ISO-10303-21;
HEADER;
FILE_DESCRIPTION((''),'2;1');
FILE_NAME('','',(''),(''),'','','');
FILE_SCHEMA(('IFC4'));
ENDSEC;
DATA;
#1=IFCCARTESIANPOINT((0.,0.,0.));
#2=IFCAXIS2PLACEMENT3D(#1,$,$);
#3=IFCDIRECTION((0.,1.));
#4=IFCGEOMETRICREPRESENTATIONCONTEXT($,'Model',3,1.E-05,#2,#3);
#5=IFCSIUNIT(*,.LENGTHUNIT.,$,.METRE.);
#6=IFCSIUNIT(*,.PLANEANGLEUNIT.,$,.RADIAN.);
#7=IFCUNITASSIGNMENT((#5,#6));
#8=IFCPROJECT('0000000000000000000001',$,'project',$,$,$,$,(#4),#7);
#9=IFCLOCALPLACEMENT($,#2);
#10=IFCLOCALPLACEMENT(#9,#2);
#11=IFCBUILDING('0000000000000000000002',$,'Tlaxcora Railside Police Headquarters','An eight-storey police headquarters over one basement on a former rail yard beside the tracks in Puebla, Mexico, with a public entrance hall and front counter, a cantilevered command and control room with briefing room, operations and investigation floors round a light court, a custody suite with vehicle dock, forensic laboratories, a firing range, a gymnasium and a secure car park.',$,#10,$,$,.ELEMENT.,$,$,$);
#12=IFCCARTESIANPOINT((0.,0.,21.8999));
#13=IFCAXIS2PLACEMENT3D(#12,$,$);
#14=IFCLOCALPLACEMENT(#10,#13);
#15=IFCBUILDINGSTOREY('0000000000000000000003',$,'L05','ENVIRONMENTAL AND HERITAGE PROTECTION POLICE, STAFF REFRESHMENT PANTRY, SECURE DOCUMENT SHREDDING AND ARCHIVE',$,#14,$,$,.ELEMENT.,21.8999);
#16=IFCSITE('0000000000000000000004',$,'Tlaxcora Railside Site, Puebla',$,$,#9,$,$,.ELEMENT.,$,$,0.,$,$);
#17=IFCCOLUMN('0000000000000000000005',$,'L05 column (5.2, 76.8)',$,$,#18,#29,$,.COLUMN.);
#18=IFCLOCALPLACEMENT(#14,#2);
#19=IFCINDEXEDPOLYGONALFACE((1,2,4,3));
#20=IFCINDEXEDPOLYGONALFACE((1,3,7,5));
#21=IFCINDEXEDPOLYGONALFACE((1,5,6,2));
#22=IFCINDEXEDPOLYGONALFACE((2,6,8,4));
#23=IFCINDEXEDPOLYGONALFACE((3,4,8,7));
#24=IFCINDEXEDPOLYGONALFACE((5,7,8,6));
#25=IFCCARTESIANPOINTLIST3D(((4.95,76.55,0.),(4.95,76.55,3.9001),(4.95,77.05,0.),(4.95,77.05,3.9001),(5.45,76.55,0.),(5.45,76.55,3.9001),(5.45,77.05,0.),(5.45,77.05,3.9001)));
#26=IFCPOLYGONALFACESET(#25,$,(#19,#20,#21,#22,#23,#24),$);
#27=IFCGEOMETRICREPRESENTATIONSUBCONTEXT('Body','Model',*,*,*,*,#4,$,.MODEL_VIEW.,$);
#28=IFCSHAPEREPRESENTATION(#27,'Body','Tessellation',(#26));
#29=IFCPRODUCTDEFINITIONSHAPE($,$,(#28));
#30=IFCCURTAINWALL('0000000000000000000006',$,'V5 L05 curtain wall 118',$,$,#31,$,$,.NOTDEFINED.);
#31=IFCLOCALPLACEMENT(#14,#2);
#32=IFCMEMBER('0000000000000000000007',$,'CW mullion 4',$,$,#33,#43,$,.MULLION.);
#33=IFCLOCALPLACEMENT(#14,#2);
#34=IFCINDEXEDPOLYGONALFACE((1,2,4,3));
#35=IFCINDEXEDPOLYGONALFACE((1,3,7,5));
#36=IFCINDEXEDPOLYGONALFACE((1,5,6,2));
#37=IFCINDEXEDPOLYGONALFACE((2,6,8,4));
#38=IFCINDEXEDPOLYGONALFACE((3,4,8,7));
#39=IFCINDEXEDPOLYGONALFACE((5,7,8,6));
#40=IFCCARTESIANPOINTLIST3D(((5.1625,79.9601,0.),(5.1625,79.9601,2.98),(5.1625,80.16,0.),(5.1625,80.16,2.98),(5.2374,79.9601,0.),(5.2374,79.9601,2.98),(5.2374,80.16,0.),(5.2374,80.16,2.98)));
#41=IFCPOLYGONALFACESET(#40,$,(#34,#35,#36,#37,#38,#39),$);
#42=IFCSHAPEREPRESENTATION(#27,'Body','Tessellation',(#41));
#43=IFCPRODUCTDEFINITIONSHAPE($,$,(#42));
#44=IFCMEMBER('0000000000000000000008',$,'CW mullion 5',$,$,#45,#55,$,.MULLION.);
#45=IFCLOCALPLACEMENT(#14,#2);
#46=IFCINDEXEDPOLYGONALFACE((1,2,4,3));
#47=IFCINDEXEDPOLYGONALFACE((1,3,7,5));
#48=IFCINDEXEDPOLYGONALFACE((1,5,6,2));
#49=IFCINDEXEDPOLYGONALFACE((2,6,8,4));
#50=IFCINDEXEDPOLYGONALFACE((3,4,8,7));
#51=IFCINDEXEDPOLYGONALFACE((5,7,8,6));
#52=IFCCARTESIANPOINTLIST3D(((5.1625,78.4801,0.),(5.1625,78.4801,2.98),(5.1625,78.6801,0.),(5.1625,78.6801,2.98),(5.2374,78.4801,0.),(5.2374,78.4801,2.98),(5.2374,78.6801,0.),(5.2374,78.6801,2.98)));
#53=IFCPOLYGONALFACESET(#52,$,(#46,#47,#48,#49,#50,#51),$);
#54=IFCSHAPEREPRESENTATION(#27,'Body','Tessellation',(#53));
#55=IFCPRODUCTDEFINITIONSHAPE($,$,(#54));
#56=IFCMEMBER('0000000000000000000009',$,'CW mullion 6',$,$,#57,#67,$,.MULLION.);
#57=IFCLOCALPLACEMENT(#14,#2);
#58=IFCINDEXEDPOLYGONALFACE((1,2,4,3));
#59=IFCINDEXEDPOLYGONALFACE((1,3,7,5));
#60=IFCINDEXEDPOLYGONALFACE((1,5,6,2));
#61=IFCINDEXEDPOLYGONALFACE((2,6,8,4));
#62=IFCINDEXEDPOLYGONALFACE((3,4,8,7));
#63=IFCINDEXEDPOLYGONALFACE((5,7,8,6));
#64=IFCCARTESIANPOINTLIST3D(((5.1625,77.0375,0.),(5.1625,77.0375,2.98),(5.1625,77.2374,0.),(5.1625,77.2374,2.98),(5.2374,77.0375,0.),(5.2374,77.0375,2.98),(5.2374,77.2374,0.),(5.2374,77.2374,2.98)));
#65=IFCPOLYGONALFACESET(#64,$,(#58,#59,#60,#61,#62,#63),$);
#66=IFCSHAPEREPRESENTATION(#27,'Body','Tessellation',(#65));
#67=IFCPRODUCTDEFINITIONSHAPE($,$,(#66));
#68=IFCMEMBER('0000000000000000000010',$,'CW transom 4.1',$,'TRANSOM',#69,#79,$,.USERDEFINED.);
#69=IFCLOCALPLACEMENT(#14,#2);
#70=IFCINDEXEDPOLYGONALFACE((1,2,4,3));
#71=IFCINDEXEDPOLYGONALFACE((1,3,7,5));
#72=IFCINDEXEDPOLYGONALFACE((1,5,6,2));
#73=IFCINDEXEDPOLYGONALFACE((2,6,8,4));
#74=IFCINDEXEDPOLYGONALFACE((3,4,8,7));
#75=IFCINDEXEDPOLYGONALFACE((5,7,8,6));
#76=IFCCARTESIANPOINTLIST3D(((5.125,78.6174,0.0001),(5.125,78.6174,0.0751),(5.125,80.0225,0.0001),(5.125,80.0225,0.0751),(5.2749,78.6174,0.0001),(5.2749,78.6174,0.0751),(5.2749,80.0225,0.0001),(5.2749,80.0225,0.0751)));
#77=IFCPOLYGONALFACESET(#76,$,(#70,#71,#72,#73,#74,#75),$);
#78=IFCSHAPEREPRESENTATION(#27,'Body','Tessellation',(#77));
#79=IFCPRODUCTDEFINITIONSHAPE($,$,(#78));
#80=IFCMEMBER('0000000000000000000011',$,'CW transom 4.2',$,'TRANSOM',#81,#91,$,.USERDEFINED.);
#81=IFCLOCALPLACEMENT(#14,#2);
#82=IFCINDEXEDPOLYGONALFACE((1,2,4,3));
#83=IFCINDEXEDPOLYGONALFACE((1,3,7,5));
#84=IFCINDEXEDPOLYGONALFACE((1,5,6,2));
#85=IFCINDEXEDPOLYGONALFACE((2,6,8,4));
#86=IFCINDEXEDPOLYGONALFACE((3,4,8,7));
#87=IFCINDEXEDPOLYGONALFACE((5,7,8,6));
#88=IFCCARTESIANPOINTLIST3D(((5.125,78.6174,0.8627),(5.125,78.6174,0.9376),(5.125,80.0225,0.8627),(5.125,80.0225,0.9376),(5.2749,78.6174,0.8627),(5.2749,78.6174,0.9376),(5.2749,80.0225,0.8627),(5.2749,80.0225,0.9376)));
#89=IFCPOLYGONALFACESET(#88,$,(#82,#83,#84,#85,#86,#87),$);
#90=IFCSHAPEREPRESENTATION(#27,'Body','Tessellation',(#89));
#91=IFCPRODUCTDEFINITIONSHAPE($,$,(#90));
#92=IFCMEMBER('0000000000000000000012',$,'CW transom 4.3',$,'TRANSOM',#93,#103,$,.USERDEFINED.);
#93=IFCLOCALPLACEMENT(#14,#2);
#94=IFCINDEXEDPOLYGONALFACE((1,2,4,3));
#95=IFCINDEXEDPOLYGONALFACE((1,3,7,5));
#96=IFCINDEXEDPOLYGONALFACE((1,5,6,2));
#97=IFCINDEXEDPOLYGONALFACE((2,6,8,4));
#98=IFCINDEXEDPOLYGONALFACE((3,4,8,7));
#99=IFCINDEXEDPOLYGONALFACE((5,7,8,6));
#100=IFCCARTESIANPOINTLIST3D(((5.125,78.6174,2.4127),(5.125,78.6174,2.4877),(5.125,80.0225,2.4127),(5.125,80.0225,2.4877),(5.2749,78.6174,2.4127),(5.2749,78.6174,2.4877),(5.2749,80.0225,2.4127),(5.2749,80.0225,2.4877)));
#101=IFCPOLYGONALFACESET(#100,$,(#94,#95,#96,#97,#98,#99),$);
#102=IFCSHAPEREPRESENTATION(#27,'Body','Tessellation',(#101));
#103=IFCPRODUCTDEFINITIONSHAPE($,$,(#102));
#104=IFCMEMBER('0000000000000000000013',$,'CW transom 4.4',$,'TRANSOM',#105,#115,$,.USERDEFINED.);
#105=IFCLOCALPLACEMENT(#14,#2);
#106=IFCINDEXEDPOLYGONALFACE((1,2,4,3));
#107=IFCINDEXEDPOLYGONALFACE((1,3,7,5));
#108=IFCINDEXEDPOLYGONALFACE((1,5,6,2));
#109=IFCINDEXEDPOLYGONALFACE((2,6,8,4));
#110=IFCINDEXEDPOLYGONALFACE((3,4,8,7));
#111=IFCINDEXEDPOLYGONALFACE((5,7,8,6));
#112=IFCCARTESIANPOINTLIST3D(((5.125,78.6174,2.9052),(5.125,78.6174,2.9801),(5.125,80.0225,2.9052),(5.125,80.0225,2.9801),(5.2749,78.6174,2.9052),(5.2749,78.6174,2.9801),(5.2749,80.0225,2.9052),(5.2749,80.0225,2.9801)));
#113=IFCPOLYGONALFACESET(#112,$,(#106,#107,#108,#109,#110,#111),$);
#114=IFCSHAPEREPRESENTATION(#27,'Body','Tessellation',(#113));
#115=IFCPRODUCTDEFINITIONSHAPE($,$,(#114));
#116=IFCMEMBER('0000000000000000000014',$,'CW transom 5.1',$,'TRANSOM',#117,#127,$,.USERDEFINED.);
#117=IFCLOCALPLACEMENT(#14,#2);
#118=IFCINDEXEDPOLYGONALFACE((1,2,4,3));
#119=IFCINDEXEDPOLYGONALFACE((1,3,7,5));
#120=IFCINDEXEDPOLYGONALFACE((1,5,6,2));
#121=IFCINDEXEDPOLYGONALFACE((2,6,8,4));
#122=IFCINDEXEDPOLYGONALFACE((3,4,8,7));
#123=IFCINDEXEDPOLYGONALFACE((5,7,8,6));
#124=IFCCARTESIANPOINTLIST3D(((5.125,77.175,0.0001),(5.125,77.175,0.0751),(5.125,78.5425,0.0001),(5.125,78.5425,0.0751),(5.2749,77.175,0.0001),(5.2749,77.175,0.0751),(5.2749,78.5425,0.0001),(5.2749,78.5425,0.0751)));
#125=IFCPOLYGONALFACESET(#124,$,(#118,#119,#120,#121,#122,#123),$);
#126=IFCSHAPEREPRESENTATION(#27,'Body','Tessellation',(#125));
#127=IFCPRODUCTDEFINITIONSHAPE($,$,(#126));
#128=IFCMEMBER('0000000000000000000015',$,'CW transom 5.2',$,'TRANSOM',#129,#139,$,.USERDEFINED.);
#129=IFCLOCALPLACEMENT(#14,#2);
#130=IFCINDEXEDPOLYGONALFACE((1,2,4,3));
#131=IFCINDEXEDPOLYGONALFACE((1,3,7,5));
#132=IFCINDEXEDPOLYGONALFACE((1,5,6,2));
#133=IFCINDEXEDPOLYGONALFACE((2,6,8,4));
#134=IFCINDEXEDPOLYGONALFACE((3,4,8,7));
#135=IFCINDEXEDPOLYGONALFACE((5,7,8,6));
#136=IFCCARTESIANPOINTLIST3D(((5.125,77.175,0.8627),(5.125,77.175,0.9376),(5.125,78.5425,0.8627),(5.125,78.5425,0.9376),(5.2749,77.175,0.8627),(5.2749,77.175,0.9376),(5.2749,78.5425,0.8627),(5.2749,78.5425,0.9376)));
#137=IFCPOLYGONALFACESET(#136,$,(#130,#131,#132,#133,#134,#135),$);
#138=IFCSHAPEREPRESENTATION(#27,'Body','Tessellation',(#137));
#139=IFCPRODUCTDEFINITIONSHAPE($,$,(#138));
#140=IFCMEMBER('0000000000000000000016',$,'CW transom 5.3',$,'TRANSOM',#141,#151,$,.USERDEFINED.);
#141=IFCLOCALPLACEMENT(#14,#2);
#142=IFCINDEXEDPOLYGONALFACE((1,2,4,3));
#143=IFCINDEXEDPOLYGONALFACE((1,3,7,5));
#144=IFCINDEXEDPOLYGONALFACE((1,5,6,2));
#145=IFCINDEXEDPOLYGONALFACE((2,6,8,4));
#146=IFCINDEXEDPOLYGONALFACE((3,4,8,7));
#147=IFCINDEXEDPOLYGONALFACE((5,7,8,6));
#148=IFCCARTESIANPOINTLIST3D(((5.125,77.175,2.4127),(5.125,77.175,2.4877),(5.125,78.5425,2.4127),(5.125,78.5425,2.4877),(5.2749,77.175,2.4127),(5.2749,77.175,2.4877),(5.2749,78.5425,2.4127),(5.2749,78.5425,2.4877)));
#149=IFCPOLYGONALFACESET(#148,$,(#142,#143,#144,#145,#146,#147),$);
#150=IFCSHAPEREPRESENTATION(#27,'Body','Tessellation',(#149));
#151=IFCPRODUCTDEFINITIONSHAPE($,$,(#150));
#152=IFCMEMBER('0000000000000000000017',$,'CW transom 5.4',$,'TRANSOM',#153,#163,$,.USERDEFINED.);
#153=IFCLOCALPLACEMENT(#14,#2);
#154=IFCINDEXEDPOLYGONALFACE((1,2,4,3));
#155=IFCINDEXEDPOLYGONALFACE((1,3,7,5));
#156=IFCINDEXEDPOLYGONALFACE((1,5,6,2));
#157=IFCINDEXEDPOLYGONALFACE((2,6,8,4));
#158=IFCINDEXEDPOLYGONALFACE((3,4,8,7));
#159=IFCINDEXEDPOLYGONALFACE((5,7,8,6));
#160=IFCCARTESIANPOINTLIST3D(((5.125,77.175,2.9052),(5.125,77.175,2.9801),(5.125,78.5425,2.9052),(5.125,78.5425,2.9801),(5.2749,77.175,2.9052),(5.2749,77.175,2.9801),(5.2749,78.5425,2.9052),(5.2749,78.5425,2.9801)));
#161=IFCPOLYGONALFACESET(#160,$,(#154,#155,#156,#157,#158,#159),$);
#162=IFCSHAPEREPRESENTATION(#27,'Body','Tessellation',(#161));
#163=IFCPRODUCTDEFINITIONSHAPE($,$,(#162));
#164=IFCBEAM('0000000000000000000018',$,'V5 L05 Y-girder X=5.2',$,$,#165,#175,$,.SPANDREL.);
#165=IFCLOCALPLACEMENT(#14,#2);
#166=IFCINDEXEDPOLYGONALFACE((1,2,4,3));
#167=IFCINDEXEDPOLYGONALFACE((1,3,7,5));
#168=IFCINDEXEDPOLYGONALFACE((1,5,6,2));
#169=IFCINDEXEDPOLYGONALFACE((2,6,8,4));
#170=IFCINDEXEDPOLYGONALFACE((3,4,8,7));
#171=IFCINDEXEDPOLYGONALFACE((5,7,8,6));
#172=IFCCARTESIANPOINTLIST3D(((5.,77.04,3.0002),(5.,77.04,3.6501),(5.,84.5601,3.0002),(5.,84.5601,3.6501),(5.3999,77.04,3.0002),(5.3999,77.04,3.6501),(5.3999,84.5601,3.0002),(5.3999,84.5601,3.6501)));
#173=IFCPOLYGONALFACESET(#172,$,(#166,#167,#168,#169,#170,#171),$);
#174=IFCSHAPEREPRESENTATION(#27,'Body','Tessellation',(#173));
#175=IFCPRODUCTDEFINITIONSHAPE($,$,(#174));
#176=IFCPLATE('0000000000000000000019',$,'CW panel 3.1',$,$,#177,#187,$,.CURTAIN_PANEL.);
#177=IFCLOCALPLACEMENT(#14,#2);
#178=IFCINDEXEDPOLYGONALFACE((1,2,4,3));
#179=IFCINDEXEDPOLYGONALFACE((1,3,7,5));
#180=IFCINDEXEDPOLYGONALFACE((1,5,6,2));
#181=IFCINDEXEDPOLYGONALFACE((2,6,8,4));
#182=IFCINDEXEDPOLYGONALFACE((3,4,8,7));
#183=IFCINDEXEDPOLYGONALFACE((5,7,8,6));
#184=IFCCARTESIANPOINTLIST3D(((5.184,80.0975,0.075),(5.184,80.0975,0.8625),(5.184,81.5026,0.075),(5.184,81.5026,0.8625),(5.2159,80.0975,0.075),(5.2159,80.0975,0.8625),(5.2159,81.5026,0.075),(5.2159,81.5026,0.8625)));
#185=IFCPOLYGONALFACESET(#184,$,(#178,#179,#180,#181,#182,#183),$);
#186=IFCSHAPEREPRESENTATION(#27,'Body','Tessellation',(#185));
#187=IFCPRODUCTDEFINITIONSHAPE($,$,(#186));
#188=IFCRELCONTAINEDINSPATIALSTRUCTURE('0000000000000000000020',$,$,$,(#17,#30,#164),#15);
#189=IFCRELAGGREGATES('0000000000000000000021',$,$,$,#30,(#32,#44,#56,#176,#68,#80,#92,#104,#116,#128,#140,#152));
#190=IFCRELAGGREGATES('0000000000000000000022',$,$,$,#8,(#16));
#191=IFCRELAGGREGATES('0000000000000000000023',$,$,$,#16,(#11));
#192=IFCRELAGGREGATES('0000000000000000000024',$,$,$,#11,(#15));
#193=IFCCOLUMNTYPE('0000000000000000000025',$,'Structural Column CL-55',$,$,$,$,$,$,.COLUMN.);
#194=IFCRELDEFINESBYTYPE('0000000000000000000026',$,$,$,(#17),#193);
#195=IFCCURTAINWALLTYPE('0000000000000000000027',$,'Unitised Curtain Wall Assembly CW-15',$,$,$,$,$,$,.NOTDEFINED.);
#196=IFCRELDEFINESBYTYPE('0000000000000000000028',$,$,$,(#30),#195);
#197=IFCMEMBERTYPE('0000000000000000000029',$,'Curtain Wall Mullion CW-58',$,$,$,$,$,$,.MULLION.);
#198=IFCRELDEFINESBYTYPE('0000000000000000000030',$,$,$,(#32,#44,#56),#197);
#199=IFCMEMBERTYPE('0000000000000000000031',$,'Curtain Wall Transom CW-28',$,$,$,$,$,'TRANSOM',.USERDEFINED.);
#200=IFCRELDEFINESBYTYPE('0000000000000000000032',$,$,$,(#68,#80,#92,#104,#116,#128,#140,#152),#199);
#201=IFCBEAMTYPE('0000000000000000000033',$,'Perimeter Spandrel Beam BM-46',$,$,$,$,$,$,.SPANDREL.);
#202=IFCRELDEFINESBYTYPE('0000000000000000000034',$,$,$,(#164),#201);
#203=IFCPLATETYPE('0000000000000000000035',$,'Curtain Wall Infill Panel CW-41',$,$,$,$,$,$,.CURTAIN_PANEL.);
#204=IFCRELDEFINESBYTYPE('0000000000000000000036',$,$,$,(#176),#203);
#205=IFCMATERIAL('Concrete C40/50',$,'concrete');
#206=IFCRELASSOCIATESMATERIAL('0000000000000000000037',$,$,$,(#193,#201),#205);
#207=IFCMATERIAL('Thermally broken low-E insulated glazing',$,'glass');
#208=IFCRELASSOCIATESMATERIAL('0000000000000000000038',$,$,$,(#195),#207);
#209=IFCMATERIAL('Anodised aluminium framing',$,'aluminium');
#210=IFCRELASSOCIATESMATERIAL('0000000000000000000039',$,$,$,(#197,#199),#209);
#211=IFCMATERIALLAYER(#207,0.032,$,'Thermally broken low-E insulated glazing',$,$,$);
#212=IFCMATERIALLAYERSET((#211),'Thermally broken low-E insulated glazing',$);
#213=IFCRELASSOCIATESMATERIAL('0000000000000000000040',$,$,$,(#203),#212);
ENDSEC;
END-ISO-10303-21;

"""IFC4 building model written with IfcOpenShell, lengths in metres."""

from ifc_helpers import new_model, si_unit, direction, frame, origin, origin_2d, place, context, subcontext, project, spatial, rectangle, extrude, material, layer, layer_set, material_profile, profile_set, type_object, element, aggregate, save


model = new_model("IFC4")

# Units and contexts
model_context = context("Model", 3, precision=1e-05, world=origin(), true_north=direction((0.0, 1.0)))
body_context = subcontext(model_context, "Body", "Model", "MODEL_VIEW")
ifc_project = project(units=[si_unit("LENGTHUNIT", "METRE"), si_unit("PLANEANGLEUNIT", "RADIAN")], contexts=[model_context])

# Site, building, storey
site_placement = place(None, origin())
site = spatial("IfcSite", under=ifc_project, at=site_placement, Name="Tlaxcora Railside Site, Puebla", CompositionType="ELEMENT", RefElevation=0.0)
building_placement = place(site_placement, origin())
building = spatial("IfcBuilding", under=site, at=building_placement, Name="Tlaxcora Railside Police Headquarters", Description="An eight-storey police headquarters over one basement on a former rail yard beside the tracks in Puebla, Mexico, with a public entrance hall and front counter, a cantilevered command and control room with briefing room, operations and investigation floors round a light court, a custody suite with vehicle dock, forensic laboratories, a firing range, a gymnasium and a secure car park.", CompositionType="ELEMENT")
storey_placement = place(building_placement, frame((0.0, 0.0, 21.8999)))
storey = spatial("IfcBuildingStorey", under=building, at=storey_placement, Name="L05", Description="ENVIRONMENTAL AND HERITAGE PROTECTION POLICE, STAFF REFRESHMENT PANTRY, SECURE DOCUMENT SHREDDING AND ARCHIVE", CompositionType="ELEMENT", Elevation=21.8999)

# Column
ifc_material_1 = material(Name="Concrete C40/50", Category="concrete")
ifc_material_profile_1 = material_profile(ifc_material_1, rectangle(XDim=0.5, YDim=0.5, at=origin_2d()), Name="RC500X500")
ifc_profile_set_1 = profile_set([ifc_material_profile_1], Name="Concrete C40/50")
column_type = type_object("IfcColumnType", Name="Structural Column CL-55", PredefinedType="COLUMN", material=ifc_profile_set_1)
column_placement = place(storey_placement, frame((5.2, 76.8, 0.0), z_axis=(0.0, 0.0, 1.0), x_axis=(1.0, 0.0, 0.0)))
element("IfcColumn", 1, at=column_placement, inside=storey, type_object=column_type, Name="L05 column (5.2, 76.8)", PredefinedType="COLUMN", context=body_context, shape_type="SweptSolid", body=[
    extrude(rectangle(XDim=0.5, YDim=0.5, at=origin_2d()), origin(), (0.0, 0.0, 1.0), 3.9001),
])

# Curtain wall, members
ifc_material_2 = material(Name="Thermally broken low-E insulated glazing", Category="glass")
curtain_wall_type = type_object("IfcCurtainWallType", Name="Unitised Curtain Wall Assembly CW-15", PredefinedType="NOTDEFINED", material=ifc_material_2)
curtain_wall_placement = place(storey_placement, origin())
curtain_wall = element("IfcCurtainWall", 2, at=curtain_wall_placement, inside=storey, type_object=curtain_wall_type, Name="V5 L05 curtain wall 118", PredefinedType="NOTDEFINED")
ifc_material_3 = material(Name="Anodised aluminium framing", Category="aluminium")
ifc_material_profile_2 = material_profile(ifc_material_3, rectangle(XDim=0.075, YDim=0.2, at=origin_2d()), Name="AL75X200")
ifc_profile_set_2 = profile_set([ifc_material_profile_2], Name="Anodised aluminium framing")
member_type_1 = type_object("IfcMemberType", Name="Curtain Wall Mullion CW-58", PredefinedType="MULLION", material=ifc_profile_set_2)
member_1_placement = place(storey_placement, frame((5.2, 80.0601, 0.0), z_axis=(0.0, 0.0, 1.0), x_axis=(1.0, 0.0, 0.0)))
member_1 = element("IfcMember", 3, at=member_1_placement, type_object=member_type_1, Name="CW mullion 4", PredefinedType="MULLION", context=body_context, shape_type="SweptSolid", body=[
    extrude(rectangle(XDim=0.075, YDim=0.2, at=origin_2d()), origin(), (0.0, 0.0, 1.0), 2.98),
])
member_2_placement = place(storey_placement, frame((5.2, 78.5801, 0.0), z_axis=(0.0, 0.0, 1.0), x_axis=(1.0, 0.0, 0.0)))
member_2 = element("IfcMember", 4, at=member_2_placement, type_object=member_type_1, Name="CW mullion 5", PredefinedType="MULLION", context=body_context, shape_type="SweptSolid", body=[
    extrude(rectangle(XDim=0.075, YDim=0.2, at=origin_2d()), origin(), (0.0, 0.0, 1.0), 2.98),
])
member_3_placement = place(storey_placement, frame((5.2, 77.1375, 0.0), z_axis=(0.0, 0.0, 1.0), x_axis=(1.0, 0.0, 0.0)))
member_3 = element("IfcMember", 5, at=member_3_placement, type_object=member_type_1, Name="CW mullion 6", PredefinedType="MULLION", context=body_context, shape_type="SweptSolid", body=[
    extrude(rectangle(XDim=0.075, YDim=0.2, at=origin_2d()), origin(), (0.0, 0.0, 1.0), 2.98),
])
ifc_material_profile_3 = material_profile(ifc_material_3, rectangle(XDim=0.1499, YDim=0.075, at=origin_2d()), Name="AL75X150")
ifc_profile_set_3 = profile_set([ifc_material_profile_3], Name="Anodised aluminium framing")
member_type_2 = type_object("IfcMemberType", Name="Curtain Wall Transom CW-28", ElementType="TRANSOM", PredefinedType="USERDEFINED", material=ifc_profile_set_3)
member_4_placement = place(storey_placement, frame((5.2, 80.0225, 0.0376), z_axis=(0.0, -1.0, 0.0), x_axis=(1.0, 0.0, 0.0)))
member_4 = element("IfcMember", 6, at=member_4_placement, type_object=member_type_2, Name="CW transom 4.1", ObjectType="TRANSOM", PredefinedType="USERDEFINED", context=body_context, shape_type="SweptSolid", body=[
    extrude(rectangle(XDim=0.1499, YDim=0.075, at=origin_2d()), origin(), (0.0, 0.0, 1.0), 1.405),
])
member_5_placement = place(storey_placement, frame((5.2, 80.0225, 0.9001), z_axis=(0.0, -1.0, 0.0), x_axis=(1.0, 0.0, 0.0)))
member_5 = element("IfcMember", 7, at=member_5_placement, type_object=member_type_2, Name="CW transom 4.2", ObjectType="TRANSOM", PredefinedType="USERDEFINED", context=body_context, shape_type="SweptSolid", body=[
    extrude(rectangle(XDim=0.1499, YDim=0.075, at=origin_2d()), origin(), (0.0, 0.0, 1.0), 1.405),
])
member_6_placement = place(storey_placement, frame((5.2, 80.0225, 2.4502), z_axis=(0.0, -1.0, 0.0), x_axis=(1.0, 0.0, 0.0)))
member_6 = element("IfcMember", 8, at=member_6_placement, type_object=member_type_2, Name="CW transom 4.3", ObjectType="TRANSOM", PredefinedType="USERDEFINED", context=body_context, shape_type="SweptSolid", body=[
    extrude(rectangle(XDim=0.1499, YDim=0.075, at=origin_2d()), origin(), (0.0, 0.0, 1.0), 1.405),
])
member_7_placement = place(storey_placement, frame((5.2, 80.0225, 2.9426), z_axis=(0.0, -1.0, 0.0), x_axis=(1.0, 0.0, 0.0)))
member_7 = element("IfcMember", 9, at=member_7_placement, type_object=member_type_2, Name="CW transom 4.4", ObjectType="TRANSOM", PredefinedType="USERDEFINED", context=body_context, shape_type="SweptSolid", body=[
    extrude(rectangle(XDim=0.1499, YDim=0.075, at=origin_2d()), origin(), (0.0, 0.0, 1.0), 1.405),
])
member_8_placement = place(storey_placement, frame((5.2, 78.5425, 0.0376), z_axis=(0.0, -1.0, 0.0), x_axis=(1.0, 0.0, 0.0)))
member_8 = element("IfcMember", 10, at=member_8_placement, type_object=member_type_2, Name="CW transom 5.1", ObjectType="TRANSOM", PredefinedType="USERDEFINED", context=body_context, shape_type="SweptSolid", body=[
    extrude(rectangle(XDim=0.1499, YDim=0.075, at=origin_2d()), origin(), (0.0, 0.0, 1.0), 1.3674),
])
member_9_placement = place(storey_placement, frame((5.2, 78.5425, 0.9001), z_axis=(0.0, -1.0, 0.0), x_axis=(1.0, 0.0, 0.0)))
member_9 = element("IfcMember", 11, at=member_9_placement, type_object=member_type_2, Name="CW transom 5.2", ObjectType="TRANSOM", PredefinedType="USERDEFINED", context=body_context, shape_type="SweptSolid", body=[
    extrude(rectangle(XDim=0.1499, YDim=0.075, at=origin_2d()), origin(), (0.0, 0.0, 1.0), 1.3674),
])
member_10_placement = place(storey_placement, frame((5.2, 78.5425, 2.4502), z_axis=(0.0, -1.0, 0.0), x_axis=(1.0, 0.0, 0.0)))
member_10 = element("IfcMember", 12, at=member_10_placement, type_object=member_type_2, Name="CW transom 5.3", ObjectType="TRANSOM", PredefinedType="USERDEFINED", context=body_context, shape_type="SweptSolid", body=[
    extrude(rectangle(XDim=0.1499, YDim=0.075, at=origin_2d()), origin(), (0.0, 0.0, 1.0), 1.3674),
])
member_11_placement = place(storey_placement, frame((5.2, 78.5425, 2.9426), z_axis=(0.0, -1.0, 0.0), x_axis=(1.0, 0.0, 0.0)))
member_11 = element("IfcMember", 13, at=member_11_placement, type_object=member_type_2, Name="CW transom 5.4", ObjectType="TRANSOM", PredefinedType="USERDEFINED", context=body_context, shape_type="SweptSolid", body=[
    extrude(rectangle(XDim=0.1499, YDim=0.075, at=origin_2d()), origin(), (0.0, 0.0, 1.0), 1.3674),
])

# Beam
ifc_material_profile_4 = material_profile(ifc_material_1, rectangle(XDim=0.3999, YDim=0.6499, at=origin_2d()), Name="RC400X650")
ifc_profile_set_4 = profile_set([ifc_material_profile_4], Name="Concrete C40/50")
beam_type = type_object("IfcBeamType", Name="Perimeter Spandrel Beam BM-46", PredefinedType="SPANDREL", material=ifc_profile_set_4)
beam_placement = place(storey_placement, frame((5.2, 77.04, 3.3252), z_axis=(0.0, 1.0, 0.0), x_axis=(-1.0, 0.0, 0.0)))
element("IfcBeam", 14, at=beam_placement, inside=storey, type_object=beam_type, Name="V5 L05 Y-girder X=5.2", PredefinedType="SPANDREL", context=body_context, shape_type="SweptSolid", body=[
    extrude(rectangle(XDim=0.3999, YDim=0.6499, at=origin_2d()), origin(), (0.0, 0.0, 1.0), 7.52),
])

# Plate
ifc_layer_1 = layer(ifc_material_2, 0.032, Name="Thermally broken low-E insulated glazing")
ifc_layer_set_1 = layer_set([ifc_layer_1], Name="Thermally broken low-E insulated glazing")
plate_type = type_object("IfcPlateType", Name="Curtain Wall Infill Panel CW-41", PredefinedType="CURTAIN_PANEL", material=ifc_layer_set_1)
plate_1_placement = place(storey_placement, frame((5.2, 80.8, 0.075), z_axis=(0.0, 0.0, 1.0), x_axis=(0.0, -1.0, 0.0)))
plate_1 = element("IfcPlate", 15, at=plate_1_placement, type_object=plate_type, Name="CW panel 3.1", PredefinedType="CURTAIN_PANEL", context=body_context, shape_type="SweptSolid", body=[
    extrude(rectangle(XDim=1.405, YDim=0.032, at=origin_2d()), origin(), (0.0, 0.0, 1.0), 0.7876),
])
aggregate(curtain_wall, [member_1, member_2, member_3, plate_1, member_4, member_5, member_6, member_7, member_8, member_9, member_10, member_11])

save(model, "model.ifc")
